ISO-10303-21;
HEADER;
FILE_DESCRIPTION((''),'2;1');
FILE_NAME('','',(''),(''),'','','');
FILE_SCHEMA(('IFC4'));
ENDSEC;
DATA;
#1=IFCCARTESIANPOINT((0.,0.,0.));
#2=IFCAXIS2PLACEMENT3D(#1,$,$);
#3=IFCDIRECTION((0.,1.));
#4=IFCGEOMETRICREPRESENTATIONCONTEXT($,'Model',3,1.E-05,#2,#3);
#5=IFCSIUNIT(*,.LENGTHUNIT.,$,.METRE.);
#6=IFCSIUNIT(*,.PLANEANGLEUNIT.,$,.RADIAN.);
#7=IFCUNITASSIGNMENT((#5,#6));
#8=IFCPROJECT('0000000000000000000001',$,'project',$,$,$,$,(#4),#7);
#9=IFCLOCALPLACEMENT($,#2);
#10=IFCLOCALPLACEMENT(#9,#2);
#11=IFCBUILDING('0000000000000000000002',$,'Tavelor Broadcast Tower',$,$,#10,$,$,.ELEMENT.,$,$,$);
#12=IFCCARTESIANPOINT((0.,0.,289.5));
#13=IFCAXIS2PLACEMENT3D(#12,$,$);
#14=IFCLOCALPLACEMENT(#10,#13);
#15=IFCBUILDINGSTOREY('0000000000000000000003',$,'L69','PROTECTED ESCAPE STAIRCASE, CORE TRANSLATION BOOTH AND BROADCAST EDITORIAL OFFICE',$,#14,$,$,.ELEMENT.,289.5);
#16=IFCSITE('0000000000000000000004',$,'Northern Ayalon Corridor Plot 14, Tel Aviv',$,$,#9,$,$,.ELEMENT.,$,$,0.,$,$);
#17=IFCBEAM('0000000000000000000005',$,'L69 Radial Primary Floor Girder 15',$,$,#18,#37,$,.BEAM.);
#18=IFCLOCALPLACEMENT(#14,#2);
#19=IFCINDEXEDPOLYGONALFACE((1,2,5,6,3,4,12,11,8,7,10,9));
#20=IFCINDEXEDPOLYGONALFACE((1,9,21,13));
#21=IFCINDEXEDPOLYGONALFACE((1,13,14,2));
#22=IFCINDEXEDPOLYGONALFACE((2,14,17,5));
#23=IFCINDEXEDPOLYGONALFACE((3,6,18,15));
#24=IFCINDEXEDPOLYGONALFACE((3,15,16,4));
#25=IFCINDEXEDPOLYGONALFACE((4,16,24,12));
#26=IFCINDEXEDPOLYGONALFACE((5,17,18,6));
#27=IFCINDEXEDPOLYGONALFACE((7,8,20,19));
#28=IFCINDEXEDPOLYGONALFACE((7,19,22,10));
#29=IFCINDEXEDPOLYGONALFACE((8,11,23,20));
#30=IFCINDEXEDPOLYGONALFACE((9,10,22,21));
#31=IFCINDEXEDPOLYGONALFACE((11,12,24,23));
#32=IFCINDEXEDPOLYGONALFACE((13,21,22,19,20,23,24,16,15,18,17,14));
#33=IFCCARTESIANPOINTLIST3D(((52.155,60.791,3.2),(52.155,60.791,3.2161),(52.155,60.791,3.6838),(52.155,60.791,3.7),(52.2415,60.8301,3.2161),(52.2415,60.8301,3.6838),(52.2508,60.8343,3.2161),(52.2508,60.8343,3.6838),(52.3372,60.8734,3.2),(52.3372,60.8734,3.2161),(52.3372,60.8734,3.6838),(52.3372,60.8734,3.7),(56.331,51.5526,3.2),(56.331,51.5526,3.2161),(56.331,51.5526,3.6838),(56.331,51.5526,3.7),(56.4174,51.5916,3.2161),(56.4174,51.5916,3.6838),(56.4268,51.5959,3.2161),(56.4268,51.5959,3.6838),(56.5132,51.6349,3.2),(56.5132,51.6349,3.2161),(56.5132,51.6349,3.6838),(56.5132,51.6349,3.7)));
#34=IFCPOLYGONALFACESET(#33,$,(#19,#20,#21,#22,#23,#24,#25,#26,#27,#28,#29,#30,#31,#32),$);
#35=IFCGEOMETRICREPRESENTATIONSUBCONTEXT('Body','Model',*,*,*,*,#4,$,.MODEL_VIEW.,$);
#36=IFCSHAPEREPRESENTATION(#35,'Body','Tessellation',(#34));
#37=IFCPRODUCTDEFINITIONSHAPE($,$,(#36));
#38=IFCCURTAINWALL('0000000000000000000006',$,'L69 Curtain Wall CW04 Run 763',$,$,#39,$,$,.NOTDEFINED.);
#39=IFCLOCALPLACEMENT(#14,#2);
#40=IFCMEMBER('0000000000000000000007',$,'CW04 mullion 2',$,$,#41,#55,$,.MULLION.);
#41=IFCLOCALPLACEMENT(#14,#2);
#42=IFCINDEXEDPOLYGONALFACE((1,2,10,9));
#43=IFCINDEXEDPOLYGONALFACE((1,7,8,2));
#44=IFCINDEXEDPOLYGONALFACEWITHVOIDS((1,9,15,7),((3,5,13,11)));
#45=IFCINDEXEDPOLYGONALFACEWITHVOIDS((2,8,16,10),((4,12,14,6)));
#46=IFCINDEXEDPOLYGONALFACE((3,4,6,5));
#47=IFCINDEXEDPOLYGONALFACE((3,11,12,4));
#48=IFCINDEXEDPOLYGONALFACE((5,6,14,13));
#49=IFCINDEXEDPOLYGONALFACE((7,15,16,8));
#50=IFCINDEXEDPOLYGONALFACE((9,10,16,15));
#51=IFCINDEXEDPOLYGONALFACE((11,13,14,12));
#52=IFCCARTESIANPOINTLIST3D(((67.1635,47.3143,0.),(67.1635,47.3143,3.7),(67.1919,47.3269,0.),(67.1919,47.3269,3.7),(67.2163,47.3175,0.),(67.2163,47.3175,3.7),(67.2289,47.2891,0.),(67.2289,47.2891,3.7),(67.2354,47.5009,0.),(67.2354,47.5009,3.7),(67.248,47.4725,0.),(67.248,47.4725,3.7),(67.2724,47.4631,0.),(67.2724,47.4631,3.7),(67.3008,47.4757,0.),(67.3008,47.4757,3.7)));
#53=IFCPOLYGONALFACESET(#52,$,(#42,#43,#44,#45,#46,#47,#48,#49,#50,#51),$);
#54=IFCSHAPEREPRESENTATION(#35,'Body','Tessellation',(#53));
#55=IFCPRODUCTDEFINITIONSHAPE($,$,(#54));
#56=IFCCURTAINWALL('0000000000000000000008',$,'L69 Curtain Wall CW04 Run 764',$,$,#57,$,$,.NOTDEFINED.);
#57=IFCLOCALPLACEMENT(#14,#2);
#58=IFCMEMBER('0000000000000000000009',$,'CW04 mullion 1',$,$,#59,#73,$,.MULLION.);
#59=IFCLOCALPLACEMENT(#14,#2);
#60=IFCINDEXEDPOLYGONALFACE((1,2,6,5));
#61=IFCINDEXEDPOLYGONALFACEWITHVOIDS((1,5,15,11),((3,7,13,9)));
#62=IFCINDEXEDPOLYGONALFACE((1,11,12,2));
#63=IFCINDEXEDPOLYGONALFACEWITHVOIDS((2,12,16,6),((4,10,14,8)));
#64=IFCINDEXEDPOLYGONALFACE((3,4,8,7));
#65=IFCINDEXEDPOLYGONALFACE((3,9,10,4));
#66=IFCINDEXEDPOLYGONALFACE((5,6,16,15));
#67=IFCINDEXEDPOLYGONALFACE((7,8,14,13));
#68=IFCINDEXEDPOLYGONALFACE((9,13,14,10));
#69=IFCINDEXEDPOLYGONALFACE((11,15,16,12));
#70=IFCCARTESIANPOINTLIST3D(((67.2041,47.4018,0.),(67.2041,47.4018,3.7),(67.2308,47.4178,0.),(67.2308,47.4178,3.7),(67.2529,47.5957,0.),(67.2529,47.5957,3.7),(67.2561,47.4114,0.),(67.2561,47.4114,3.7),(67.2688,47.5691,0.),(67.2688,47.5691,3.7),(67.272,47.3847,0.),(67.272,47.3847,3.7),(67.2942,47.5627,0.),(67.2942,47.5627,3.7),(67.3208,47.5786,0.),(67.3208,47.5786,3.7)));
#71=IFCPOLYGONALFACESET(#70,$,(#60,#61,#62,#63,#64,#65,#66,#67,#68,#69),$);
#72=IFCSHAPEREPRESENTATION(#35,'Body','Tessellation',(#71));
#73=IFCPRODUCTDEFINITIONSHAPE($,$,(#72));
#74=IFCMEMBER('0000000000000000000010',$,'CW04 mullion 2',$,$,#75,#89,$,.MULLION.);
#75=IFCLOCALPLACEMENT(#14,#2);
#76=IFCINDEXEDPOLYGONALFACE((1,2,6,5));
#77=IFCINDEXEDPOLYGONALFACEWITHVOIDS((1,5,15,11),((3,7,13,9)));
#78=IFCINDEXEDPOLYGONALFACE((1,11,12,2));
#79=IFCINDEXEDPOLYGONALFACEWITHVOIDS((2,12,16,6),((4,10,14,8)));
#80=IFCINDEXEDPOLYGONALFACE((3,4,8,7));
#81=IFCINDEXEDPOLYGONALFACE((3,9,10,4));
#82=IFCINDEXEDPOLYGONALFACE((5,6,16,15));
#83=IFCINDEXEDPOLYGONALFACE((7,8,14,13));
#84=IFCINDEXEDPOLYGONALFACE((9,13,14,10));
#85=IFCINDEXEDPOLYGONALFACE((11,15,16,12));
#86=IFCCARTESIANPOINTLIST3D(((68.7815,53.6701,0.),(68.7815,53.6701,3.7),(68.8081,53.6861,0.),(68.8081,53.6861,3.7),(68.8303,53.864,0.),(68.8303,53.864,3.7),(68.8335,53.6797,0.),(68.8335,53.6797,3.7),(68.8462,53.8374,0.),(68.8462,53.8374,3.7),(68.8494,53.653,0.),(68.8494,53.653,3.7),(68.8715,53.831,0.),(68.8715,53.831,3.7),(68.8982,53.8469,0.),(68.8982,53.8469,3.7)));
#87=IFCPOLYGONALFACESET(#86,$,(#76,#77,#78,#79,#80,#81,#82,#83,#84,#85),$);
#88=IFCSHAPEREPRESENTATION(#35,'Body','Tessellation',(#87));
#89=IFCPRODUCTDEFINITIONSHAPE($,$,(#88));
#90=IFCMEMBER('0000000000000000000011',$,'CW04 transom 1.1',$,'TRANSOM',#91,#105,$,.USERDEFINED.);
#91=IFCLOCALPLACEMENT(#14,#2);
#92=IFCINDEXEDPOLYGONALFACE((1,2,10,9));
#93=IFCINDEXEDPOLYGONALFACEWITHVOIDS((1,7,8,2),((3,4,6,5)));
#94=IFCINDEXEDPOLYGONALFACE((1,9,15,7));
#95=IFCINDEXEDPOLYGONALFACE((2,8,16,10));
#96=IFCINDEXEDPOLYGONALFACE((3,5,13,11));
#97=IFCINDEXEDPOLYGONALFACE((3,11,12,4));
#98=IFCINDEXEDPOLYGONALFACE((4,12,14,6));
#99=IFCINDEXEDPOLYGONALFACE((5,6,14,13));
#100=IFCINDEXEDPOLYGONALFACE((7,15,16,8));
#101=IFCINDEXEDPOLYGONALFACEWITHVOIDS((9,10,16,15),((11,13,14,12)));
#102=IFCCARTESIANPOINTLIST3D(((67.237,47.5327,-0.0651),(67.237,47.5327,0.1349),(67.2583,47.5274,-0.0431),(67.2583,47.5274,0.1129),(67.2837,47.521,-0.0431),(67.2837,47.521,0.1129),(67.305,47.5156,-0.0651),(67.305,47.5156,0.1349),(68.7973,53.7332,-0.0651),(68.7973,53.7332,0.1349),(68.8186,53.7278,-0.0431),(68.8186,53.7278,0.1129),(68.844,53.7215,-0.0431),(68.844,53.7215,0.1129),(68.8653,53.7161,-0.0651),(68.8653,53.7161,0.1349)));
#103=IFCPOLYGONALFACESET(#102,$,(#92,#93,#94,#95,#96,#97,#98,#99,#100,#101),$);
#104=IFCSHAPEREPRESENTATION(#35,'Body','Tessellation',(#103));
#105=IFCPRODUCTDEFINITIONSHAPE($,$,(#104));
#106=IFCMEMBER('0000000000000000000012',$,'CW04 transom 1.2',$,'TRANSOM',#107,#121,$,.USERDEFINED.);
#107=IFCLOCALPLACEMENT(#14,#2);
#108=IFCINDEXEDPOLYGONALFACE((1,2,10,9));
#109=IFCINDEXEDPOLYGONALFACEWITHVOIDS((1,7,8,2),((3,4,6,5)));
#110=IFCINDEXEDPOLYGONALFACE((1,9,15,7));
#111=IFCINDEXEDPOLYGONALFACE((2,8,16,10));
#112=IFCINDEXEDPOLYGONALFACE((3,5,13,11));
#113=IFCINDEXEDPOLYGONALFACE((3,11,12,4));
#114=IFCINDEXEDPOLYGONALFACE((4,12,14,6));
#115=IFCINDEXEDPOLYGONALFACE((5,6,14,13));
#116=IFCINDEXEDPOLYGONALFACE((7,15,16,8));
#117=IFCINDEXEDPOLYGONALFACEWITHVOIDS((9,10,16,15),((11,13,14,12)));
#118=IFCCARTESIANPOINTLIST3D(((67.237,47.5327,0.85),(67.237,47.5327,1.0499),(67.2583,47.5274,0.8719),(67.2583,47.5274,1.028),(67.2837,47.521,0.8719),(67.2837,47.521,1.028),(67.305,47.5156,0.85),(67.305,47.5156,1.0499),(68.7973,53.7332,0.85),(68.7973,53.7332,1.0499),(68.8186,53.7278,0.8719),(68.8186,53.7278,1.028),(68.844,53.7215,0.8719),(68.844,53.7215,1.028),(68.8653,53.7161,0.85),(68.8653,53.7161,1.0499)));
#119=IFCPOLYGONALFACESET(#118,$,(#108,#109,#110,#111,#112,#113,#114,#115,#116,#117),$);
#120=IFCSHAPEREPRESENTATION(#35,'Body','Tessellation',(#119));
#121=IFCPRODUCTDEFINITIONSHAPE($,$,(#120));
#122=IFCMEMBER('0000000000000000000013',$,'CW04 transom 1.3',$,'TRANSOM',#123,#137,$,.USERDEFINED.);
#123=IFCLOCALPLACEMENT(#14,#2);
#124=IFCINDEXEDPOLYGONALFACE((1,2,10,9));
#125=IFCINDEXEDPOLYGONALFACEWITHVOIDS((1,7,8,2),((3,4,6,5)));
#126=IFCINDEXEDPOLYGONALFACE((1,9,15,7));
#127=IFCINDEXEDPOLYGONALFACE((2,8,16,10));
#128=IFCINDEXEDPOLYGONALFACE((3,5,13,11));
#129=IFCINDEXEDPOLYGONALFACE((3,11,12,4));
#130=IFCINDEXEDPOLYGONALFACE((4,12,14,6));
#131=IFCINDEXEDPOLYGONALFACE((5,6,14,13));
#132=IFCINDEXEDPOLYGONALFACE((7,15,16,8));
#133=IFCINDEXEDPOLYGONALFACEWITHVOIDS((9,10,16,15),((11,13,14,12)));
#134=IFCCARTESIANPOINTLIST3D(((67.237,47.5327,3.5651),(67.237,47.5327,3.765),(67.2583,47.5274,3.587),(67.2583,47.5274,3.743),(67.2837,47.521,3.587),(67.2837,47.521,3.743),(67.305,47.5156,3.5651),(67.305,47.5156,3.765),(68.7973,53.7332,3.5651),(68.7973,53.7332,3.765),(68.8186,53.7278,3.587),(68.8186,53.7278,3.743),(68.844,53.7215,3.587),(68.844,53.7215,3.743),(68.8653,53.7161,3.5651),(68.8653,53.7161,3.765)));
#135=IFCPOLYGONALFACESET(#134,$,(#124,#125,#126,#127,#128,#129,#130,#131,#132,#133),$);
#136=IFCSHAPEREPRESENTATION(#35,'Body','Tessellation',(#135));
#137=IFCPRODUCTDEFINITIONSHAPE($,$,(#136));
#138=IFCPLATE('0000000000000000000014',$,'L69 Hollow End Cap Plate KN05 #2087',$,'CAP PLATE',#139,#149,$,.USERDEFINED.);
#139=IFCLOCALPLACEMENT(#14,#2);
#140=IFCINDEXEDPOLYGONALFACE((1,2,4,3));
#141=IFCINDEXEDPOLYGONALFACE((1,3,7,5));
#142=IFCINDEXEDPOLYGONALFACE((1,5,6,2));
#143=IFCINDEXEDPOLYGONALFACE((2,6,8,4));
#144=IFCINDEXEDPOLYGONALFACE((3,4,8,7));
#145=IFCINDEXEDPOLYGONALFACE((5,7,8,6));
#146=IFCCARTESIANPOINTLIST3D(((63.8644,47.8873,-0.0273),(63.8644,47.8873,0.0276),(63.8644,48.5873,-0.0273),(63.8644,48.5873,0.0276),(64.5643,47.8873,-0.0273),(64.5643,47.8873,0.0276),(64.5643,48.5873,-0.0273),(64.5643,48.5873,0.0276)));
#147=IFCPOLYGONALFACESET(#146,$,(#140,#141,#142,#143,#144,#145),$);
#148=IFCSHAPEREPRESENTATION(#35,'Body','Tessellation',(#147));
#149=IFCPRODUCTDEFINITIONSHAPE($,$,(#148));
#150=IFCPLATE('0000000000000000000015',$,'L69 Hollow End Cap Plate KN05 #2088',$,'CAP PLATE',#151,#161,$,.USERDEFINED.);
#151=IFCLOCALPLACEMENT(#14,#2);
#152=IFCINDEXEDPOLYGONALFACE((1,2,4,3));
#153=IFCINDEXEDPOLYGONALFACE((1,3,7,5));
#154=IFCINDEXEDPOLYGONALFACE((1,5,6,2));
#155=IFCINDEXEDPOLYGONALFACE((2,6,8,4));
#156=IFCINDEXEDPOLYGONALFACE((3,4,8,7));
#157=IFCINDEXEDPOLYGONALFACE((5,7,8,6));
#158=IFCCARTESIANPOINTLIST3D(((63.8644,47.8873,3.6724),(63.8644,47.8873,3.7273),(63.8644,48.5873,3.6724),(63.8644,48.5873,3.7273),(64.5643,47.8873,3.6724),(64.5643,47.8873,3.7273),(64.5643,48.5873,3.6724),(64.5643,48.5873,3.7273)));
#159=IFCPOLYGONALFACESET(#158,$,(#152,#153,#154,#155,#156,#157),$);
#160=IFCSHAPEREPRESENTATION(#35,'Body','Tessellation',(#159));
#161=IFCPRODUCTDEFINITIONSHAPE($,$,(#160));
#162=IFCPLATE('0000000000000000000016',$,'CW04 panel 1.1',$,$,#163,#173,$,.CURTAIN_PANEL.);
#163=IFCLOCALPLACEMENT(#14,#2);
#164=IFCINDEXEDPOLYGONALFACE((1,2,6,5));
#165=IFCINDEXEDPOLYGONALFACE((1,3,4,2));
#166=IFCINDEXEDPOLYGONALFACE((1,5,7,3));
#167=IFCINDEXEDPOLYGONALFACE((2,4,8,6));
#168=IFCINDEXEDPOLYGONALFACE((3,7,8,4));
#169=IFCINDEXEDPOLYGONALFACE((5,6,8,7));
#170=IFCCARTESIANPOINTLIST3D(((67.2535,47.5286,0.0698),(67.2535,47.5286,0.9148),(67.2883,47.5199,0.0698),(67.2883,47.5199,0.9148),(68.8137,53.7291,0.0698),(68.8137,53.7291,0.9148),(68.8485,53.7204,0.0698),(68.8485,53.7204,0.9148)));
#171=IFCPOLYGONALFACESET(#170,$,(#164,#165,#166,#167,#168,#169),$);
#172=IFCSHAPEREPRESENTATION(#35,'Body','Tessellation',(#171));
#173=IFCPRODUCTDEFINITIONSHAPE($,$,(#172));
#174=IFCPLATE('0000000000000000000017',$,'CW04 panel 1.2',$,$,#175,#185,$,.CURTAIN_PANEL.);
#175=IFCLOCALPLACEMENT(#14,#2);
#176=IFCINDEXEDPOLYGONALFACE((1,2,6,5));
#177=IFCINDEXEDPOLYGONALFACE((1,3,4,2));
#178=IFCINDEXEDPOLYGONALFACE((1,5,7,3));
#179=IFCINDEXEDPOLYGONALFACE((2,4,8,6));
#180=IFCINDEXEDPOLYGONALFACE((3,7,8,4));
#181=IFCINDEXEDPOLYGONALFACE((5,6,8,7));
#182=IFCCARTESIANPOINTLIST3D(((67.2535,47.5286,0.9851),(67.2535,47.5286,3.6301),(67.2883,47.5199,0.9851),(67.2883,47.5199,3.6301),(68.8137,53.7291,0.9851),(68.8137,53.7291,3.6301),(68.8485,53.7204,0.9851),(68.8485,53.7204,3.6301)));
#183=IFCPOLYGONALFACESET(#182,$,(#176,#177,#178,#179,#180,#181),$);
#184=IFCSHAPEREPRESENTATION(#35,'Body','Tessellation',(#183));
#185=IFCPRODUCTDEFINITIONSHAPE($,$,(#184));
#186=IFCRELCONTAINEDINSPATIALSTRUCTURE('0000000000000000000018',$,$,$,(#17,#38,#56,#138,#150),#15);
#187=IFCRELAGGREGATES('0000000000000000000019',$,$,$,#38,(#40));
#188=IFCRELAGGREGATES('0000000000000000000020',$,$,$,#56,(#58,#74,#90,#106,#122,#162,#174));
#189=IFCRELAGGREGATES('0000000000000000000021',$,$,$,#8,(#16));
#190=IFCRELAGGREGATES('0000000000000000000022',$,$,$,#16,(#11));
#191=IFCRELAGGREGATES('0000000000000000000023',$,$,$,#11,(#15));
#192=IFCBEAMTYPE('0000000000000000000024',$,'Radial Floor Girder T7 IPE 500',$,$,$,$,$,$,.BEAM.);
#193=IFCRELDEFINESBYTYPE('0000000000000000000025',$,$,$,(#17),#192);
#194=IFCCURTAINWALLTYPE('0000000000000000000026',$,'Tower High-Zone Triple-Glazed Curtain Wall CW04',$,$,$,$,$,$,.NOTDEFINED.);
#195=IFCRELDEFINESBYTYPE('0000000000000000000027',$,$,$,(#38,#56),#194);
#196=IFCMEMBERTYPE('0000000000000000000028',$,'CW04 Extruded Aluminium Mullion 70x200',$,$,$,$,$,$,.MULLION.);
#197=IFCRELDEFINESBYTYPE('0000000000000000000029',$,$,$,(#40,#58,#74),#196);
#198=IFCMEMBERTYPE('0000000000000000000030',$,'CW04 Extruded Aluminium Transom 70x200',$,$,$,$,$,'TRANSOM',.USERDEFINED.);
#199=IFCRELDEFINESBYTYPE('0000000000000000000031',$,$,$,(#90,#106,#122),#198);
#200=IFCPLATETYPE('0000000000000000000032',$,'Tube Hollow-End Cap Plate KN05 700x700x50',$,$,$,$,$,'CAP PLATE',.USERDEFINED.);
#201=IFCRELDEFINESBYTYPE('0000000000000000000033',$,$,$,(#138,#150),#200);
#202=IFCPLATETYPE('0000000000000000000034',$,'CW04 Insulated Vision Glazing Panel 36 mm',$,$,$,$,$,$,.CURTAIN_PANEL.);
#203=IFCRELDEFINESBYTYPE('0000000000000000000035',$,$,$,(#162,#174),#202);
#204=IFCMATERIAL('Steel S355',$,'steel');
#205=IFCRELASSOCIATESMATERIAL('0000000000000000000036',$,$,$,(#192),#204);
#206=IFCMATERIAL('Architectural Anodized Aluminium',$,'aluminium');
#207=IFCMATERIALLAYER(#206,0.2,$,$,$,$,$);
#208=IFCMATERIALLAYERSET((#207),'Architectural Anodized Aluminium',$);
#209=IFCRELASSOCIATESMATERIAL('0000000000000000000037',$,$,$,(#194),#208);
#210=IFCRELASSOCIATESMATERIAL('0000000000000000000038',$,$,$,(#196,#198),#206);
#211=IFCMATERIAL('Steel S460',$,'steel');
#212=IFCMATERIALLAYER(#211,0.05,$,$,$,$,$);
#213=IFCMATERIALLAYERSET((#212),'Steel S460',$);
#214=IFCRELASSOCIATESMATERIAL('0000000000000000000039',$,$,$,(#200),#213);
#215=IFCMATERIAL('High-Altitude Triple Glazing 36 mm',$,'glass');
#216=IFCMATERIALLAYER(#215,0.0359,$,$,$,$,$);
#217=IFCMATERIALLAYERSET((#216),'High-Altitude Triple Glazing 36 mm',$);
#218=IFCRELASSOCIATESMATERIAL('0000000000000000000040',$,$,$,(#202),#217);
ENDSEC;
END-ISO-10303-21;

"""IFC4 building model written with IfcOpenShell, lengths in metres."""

from ifc_helpers import new_model, si_unit, direction, frame, origin, origin_2d, place, context, subcontext, project, spatial, rectangle, hollow_rectangle, i_section, extrude, source, transform, mapped, material, layer, layer_set, material_profile, profile_set, type_object, type_shapes, element, aggregate, save


model = new_model("IFC4")

# Units and contexts
model_context = context("Model", 3, precision=1e-05, world=origin(), true_north=direction((0.0, 1.0)))
body_context = subcontext(model_context, "Body", "Model", "MODEL_VIEW")
ifc_project = project(units=[si_unit("LENGTHUNIT", "METRE"), si_unit("PLANEANGLEUNIT", "RADIAN")], contexts=[model_context])

# Site, building, storey
site_placement = place(None, origin())
site = spatial("IfcSite", under=ifc_project, at=site_placement, Name="Northern Ayalon Corridor Plot 14, Tel Aviv", CompositionType="ELEMENT", RefElevation=0.0)
building_placement = place(site_placement, origin())
building = spatial("IfcBuilding", under=site, at=building_placement, Name="Tavelor Broadcast Tower", CompositionType="ELEMENT")
storey_placement = place(building_placement, frame((0.0, 0.0, 289.5)))
storey = spatial("IfcBuildingStorey", under=building, at=storey_placement, Name="L69", Description="PROTECTED ESCAPE STAIRCASE, CORE TRANSLATION BOOTH AND BROADCAST EDITORIAL OFFICE", CompositionType="ELEMENT", Elevation=289.5)

# Shared definitions
ifc_material_1 = material(Name="Steel S460", Category="steel")

# Beam
ifc_material_2 = material(Name="Steel S355", Category="steel")
ifc_material_profile_1 = material_profile(ifc_material_2, i_section(OverallWidth=0.2, OverallDepth=0.5, WebThickness=0.0103, FlangeThickness=0.0161, at=origin_2d()), Name="IPE 500")
ifc_profile_set_1 = profile_set([ifc_material_profile_1], Name="Steel S355")
beam_type_1 = type_object("IfcBeamType", Name="Radial Floor Girder T7 IPE 500", PredefinedType="BEAM", material=ifc_profile_set_1)
beam_1_placement = place(storey_placement, frame((56.4221, 51.5938, 3.45), z_axis=(-0.411897, 0.91123, 0.0), x_axis=(-0.91123, -0.411897, 0.0)))
element("IfcBeam", 1, at=beam_1_placement, inside=storey, type_object=beam_type_1, Name="L69 Radial Primary Floor Girder 15", PredefinedType="BEAM", context=body_context, shape_type="SweptSolid", body=[
    extrude(i_section(OverallWidth=0.2, OverallDepth=0.5, WebThickness=0.0103, FlangeThickness=0.0161, at=origin_2d()), origin(), (0.0, 0.0, 1.0), 10.1384),
])

# Curtain wall, member
ifc_material_3 = material(Name="Architectural Anodized Aluminium", Category="aluminium")
ifc_layer_1 = layer(ifc_material_3, 0.2)
ifc_layer_set_1 = layer_set([ifc_layer_1], Name="Architectural Anodized Aluminium")
curtain_wall_type = type_object("IfcCurtainWallType", Name="Tower High-Zone Triple-Glazed Curtain Wall CW04", PredefinedType="NOTDEFINED", material=ifc_layer_set_1)
curtain_wall_1_placement = place(storey_placement, origin())
curtain_wall_1 = element("IfcCurtainWall", 2, at=curtain_wall_1_placement, inside=storey, type_object=curtain_wall_type, Name="L69 Curtain Wall CW04 Run 763", PredefinedType="NOTDEFINED")
ifc_material_profile_2 = material_profile(ifc_material_3, hollow_rectangle(XDim=0.0701, YDim=0.2, WallThickness=0.022, at=origin_2d()), Name="RHS 70x200x22")
ifc_profile_set_2 = profile_set([ifc_material_profile_2], Name="Architectural Anodized Aluminium")
member_type_1 = type_object("IfcMemberType", Name="CW04 Extruded Aluminium Mullion 70x200", PredefinedType="MULLION", material=ifc_profile_set_2)
shared_shape_1 = source(origin(), body_context, "Body", "SweptSolid", [
    extrude(hollow_rectangle(XDim=0.0701, YDim=0.2, WallThickness=0.022, at=origin_2d()), origin(), (0.0, 0.0, 1.0), 3.7),
])
type_shapes(member_type_1, [shared_shape_1])
member_1_placement = place(storey_placement, frame((67.2322, 47.395, 0.0), z_axis=(0.0, 0.0, 1.0), x_axis=(-0.933118, 0.359571, 0.0)))
member_1 = element("IfcMember", 3, at=member_1_placement, type_object=member_type_1, Name="CW04 mullion 2", PredefinedType="MULLION", context=body_context, shape_type="MappedRepresentation", body=[
    mapped(shared_shape_1, transform((0.0, 0.0, 0.0), scale=1.0)),
])
aggregate(curtain_wall_1, [member_1])

# Curtain wall, members
curtain_wall_2_placement = place(storey_placement, origin())
curtain_wall_2 = element("IfcCurtainWall", 4, at=curtain_wall_2_placement, inside=storey, type_object=curtain_wall_type, Name="L69 Curtain Wall CW04 Run 764", PredefinedType="NOTDEFINED")
member_2_placement = place(storey_placement, frame((67.2625, 47.4902, 0.0), z_axis=(0.0, 0.0, 1.0), x_axis=(-0.96977, 0.244019, 0.0)))
member_2 = element("IfcMember", 5, at=member_2_placement, type_object=member_type_1, Name="CW04 mullion 1", PredefinedType="MULLION", context=body_context, shape_type="MappedRepresentation", body=[
    mapped(shared_shape_1, transform((0.0, 0.0, 0.0), scale=1.0)),
])
member_3_placement = place(storey_placement, frame((68.8398, 53.7585, 0.0), z_axis=(0.0, 0.0, 1.0), x_axis=(-0.96977, 0.244019, 0.0)))
member_3 = element("IfcMember", 6, at=member_3_placement, type_object=member_type_1, Name="CW04 mullion 2", PredefinedType="MULLION", context=body_context, shape_type="MappedRepresentation", body=[
    mapped(shared_shape_1, transform((0.0, 0.0, 0.0), scale=1.0)),
])
ifc_material_profile_3 = material_profile(ifc_material_3, hollow_rectangle(XDim=0.0701, YDim=0.2, WallThickness=0.022, at=origin_2d()), Name="RHS 70x200x22")
ifc_profile_set_3 = profile_set([ifc_material_profile_3], Name="Architectural Anodized Aluminium")
member_type_2 = type_object("IfcMemberType", Name="CW04 Extruded Aluminium Transom 70x200", ElementType="TRANSOM", PredefinedType="USERDEFINED", material=ifc_profile_set_3)
shared_shape_2 = source(origin(), body_context, "Body", "SweptSolid", [
    extrude(hollow_rectangle(XDim=0.0701, YDim=0.2, WallThickness=0.022, at=origin_2d()), origin(), (0.0, 0.0, 1.0), 6.3938),
])
type_shapes(member_type_2, [shared_shape_2])
member_4_placement = place(storey_placement, frame((67.271, 47.5242, 0.0349), z_axis=(0.244036, 0.969766, 0.0), x_axis=(-0.969766, 0.244036, 0.0)))
member_4 = element("IfcMember", 7, at=member_4_placement, type_object=member_type_2, Name="CW04 transom 1.1", ObjectType="TRANSOM", PredefinedType="USERDEFINED", context=body_context, shape_type="MappedRepresentation", body=[
    mapped(shared_shape_2, transform((0.0, 0.0, 0.0), scale=1.0)),
])
member_5_placement = place(storey_placement, frame((67.271, 47.5242, 0.95), z_axis=(0.244036, 0.969766, 0.0), x_axis=(-0.969766, 0.244036, 0.0)))
member_5 = element("IfcMember", 8, at=member_5_placement, type_object=member_type_2, Name="CW04 transom 1.2", ObjectType="TRANSOM", PredefinedType="USERDEFINED", context=body_context, shape_type="MappedRepresentation", body=[
    mapped(shared_shape_2, transform((0.0, 0.0, 0.0), scale=1.0)),
])
member_6_placement = place(storey_placement, frame((67.271, 47.5242, 3.665), z_axis=(0.244036, 0.969766, 0.0), x_axis=(-0.969766, 0.244036, 0.0)))
member_6 = element("IfcMember", 9, at=member_6_placement, type_object=member_type_2, Name="CW04 transom 1.3", ObjectType="TRANSOM", PredefinedType="USERDEFINED", context=body_context, shape_type="MappedRepresentation", body=[
    mapped(shared_shape_2, transform((0.0, 0.0, 0.0), scale=1.0)),
])

# Plates
ifc_layer_2 = layer(ifc_material_1, 0.05)
ifc_layer_set_2 = layer_set([ifc_layer_2], Name="Steel S460")
plate_type_1 = type_object("IfcPlateType", Name="Tube Hollow-End Cap Plate KN05 700x700x50", ElementType="CAP PLATE", PredefinedType="USERDEFINED", material=ifc_layer_set_2)
shared_shape_3 = source(origin(), body_context, "Body", "SweptSolid", [
    extrude(rectangle(XDim=0.7, YDim=0.7, at=origin_2d()), origin(), (0.0, 0.0, 1.0), 0.0549),
])
type_shapes(plate_type_1, [shared_shape_3])
for number, where, z_axis, x_axis, name in (
    (10, (64.2144, 48.2373, -0.0273), (0.0, 0.0, 1.0), (1.0, 0.0, 0.0), "L69 Hollow End Cap Plate KN05 #2087"),
    (11, (64.2144, 48.2373, 3.6724), (0.0, 0.0, 1.0), (1.0, 0.0, 0.0), "L69 Hollow End Cap Plate KN05 #2088"),
):
    element("IfcPlate", number, at=place(storey_placement, frame(where, z_axis=z_axis, x_axis=x_axis)), inside=storey, type_object=plate_type_1, Name=name, ObjectType="CAP PLATE", PredefinedType="USERDEFINED", context=body_context, shape_type="MappedRepresentation", body=[
        mapped(shared_shape_3, transform((0.0, 0.0, 0.0), scale=1.0)),
    ])

# Plates
ifc_material_4 = material(Name="High-Altitude Triple Glazing 36 mm", Category="glass")
ifc_layer_3 = layer(ifc_material_4, 0.0359)
ifc_layer_set_3 = layer_set([ifc_layer_3], Name="High-Altitude Triple Glazing 36 mm")
plate_type_2 = type_object("IfcPlateType", Name="CW04 Insulated Vision Glazing Panel 36 mm", PredefinedType="CURTAIN_PANEL", material=ifc_layer_set_3)
shared_shape_4 = source(origin(), body_context, "Body", "SweptSolid", [
    extrude(rectangle(XDim=6.3938, YDim=0.0359, at=origin_2d()), origin(), (0.0, 0.0, 1.0), 0.845),
])
plate_1_placement = place(storey_placement, frame((68.051, 50.6245, 0.0698), z_axis=(0.0, 0.0, 1.0), x_axis=(0.244019, 0.96977, 0.0)))
plate_1 = element("IfcPlate", 12, at=plate_1_placement, type_object=plate_type_2, Name="CW04 panel 1.1", PredefinedType="CURTAIN_PANEL", context=body_context, shape_type="MappedRepresentation", body=[
    mapped(shared_shape_4, transform((0.0, 0.0, 0.0), scale=1.0)),
])
shared_shape_5 = source(origin(), body_context, "Body", "SweptSolid", [
    extrude(rectangle(XDim=6.3938, YDim=0.0359, at=origin_2d()), origin(), (0.0, 0.0, 1.0), 2.645),
])
type_shapes(plate_type_2, [shared_shape_4, shared_shape_5])
plate_2_placement = place(storey_placement, frame((68.051, 50.6245, 0.9851), z_axis=(0.0, 0.0, 1.0), x_axis=(0.244019, 0.96977, 0.0)))
plate_2 = element("IfcPlate", 13, at=plate_2_placement, type_object=plate_type_2, Name="CW04 panel 1.2", PredefinedType="CURTAIN_PANEL", context=body_context, shape_type="MappedRepresentation", body=[
    mapped(shared_shape_5, transform((0.0, 0.0, 0.0), scale=1.0)),
])
aggregate(curtain_wall_2, [member_2, member_3, member_4, member_5, member_6, plate_1, plate_2])

save(model, "model.ifc")
